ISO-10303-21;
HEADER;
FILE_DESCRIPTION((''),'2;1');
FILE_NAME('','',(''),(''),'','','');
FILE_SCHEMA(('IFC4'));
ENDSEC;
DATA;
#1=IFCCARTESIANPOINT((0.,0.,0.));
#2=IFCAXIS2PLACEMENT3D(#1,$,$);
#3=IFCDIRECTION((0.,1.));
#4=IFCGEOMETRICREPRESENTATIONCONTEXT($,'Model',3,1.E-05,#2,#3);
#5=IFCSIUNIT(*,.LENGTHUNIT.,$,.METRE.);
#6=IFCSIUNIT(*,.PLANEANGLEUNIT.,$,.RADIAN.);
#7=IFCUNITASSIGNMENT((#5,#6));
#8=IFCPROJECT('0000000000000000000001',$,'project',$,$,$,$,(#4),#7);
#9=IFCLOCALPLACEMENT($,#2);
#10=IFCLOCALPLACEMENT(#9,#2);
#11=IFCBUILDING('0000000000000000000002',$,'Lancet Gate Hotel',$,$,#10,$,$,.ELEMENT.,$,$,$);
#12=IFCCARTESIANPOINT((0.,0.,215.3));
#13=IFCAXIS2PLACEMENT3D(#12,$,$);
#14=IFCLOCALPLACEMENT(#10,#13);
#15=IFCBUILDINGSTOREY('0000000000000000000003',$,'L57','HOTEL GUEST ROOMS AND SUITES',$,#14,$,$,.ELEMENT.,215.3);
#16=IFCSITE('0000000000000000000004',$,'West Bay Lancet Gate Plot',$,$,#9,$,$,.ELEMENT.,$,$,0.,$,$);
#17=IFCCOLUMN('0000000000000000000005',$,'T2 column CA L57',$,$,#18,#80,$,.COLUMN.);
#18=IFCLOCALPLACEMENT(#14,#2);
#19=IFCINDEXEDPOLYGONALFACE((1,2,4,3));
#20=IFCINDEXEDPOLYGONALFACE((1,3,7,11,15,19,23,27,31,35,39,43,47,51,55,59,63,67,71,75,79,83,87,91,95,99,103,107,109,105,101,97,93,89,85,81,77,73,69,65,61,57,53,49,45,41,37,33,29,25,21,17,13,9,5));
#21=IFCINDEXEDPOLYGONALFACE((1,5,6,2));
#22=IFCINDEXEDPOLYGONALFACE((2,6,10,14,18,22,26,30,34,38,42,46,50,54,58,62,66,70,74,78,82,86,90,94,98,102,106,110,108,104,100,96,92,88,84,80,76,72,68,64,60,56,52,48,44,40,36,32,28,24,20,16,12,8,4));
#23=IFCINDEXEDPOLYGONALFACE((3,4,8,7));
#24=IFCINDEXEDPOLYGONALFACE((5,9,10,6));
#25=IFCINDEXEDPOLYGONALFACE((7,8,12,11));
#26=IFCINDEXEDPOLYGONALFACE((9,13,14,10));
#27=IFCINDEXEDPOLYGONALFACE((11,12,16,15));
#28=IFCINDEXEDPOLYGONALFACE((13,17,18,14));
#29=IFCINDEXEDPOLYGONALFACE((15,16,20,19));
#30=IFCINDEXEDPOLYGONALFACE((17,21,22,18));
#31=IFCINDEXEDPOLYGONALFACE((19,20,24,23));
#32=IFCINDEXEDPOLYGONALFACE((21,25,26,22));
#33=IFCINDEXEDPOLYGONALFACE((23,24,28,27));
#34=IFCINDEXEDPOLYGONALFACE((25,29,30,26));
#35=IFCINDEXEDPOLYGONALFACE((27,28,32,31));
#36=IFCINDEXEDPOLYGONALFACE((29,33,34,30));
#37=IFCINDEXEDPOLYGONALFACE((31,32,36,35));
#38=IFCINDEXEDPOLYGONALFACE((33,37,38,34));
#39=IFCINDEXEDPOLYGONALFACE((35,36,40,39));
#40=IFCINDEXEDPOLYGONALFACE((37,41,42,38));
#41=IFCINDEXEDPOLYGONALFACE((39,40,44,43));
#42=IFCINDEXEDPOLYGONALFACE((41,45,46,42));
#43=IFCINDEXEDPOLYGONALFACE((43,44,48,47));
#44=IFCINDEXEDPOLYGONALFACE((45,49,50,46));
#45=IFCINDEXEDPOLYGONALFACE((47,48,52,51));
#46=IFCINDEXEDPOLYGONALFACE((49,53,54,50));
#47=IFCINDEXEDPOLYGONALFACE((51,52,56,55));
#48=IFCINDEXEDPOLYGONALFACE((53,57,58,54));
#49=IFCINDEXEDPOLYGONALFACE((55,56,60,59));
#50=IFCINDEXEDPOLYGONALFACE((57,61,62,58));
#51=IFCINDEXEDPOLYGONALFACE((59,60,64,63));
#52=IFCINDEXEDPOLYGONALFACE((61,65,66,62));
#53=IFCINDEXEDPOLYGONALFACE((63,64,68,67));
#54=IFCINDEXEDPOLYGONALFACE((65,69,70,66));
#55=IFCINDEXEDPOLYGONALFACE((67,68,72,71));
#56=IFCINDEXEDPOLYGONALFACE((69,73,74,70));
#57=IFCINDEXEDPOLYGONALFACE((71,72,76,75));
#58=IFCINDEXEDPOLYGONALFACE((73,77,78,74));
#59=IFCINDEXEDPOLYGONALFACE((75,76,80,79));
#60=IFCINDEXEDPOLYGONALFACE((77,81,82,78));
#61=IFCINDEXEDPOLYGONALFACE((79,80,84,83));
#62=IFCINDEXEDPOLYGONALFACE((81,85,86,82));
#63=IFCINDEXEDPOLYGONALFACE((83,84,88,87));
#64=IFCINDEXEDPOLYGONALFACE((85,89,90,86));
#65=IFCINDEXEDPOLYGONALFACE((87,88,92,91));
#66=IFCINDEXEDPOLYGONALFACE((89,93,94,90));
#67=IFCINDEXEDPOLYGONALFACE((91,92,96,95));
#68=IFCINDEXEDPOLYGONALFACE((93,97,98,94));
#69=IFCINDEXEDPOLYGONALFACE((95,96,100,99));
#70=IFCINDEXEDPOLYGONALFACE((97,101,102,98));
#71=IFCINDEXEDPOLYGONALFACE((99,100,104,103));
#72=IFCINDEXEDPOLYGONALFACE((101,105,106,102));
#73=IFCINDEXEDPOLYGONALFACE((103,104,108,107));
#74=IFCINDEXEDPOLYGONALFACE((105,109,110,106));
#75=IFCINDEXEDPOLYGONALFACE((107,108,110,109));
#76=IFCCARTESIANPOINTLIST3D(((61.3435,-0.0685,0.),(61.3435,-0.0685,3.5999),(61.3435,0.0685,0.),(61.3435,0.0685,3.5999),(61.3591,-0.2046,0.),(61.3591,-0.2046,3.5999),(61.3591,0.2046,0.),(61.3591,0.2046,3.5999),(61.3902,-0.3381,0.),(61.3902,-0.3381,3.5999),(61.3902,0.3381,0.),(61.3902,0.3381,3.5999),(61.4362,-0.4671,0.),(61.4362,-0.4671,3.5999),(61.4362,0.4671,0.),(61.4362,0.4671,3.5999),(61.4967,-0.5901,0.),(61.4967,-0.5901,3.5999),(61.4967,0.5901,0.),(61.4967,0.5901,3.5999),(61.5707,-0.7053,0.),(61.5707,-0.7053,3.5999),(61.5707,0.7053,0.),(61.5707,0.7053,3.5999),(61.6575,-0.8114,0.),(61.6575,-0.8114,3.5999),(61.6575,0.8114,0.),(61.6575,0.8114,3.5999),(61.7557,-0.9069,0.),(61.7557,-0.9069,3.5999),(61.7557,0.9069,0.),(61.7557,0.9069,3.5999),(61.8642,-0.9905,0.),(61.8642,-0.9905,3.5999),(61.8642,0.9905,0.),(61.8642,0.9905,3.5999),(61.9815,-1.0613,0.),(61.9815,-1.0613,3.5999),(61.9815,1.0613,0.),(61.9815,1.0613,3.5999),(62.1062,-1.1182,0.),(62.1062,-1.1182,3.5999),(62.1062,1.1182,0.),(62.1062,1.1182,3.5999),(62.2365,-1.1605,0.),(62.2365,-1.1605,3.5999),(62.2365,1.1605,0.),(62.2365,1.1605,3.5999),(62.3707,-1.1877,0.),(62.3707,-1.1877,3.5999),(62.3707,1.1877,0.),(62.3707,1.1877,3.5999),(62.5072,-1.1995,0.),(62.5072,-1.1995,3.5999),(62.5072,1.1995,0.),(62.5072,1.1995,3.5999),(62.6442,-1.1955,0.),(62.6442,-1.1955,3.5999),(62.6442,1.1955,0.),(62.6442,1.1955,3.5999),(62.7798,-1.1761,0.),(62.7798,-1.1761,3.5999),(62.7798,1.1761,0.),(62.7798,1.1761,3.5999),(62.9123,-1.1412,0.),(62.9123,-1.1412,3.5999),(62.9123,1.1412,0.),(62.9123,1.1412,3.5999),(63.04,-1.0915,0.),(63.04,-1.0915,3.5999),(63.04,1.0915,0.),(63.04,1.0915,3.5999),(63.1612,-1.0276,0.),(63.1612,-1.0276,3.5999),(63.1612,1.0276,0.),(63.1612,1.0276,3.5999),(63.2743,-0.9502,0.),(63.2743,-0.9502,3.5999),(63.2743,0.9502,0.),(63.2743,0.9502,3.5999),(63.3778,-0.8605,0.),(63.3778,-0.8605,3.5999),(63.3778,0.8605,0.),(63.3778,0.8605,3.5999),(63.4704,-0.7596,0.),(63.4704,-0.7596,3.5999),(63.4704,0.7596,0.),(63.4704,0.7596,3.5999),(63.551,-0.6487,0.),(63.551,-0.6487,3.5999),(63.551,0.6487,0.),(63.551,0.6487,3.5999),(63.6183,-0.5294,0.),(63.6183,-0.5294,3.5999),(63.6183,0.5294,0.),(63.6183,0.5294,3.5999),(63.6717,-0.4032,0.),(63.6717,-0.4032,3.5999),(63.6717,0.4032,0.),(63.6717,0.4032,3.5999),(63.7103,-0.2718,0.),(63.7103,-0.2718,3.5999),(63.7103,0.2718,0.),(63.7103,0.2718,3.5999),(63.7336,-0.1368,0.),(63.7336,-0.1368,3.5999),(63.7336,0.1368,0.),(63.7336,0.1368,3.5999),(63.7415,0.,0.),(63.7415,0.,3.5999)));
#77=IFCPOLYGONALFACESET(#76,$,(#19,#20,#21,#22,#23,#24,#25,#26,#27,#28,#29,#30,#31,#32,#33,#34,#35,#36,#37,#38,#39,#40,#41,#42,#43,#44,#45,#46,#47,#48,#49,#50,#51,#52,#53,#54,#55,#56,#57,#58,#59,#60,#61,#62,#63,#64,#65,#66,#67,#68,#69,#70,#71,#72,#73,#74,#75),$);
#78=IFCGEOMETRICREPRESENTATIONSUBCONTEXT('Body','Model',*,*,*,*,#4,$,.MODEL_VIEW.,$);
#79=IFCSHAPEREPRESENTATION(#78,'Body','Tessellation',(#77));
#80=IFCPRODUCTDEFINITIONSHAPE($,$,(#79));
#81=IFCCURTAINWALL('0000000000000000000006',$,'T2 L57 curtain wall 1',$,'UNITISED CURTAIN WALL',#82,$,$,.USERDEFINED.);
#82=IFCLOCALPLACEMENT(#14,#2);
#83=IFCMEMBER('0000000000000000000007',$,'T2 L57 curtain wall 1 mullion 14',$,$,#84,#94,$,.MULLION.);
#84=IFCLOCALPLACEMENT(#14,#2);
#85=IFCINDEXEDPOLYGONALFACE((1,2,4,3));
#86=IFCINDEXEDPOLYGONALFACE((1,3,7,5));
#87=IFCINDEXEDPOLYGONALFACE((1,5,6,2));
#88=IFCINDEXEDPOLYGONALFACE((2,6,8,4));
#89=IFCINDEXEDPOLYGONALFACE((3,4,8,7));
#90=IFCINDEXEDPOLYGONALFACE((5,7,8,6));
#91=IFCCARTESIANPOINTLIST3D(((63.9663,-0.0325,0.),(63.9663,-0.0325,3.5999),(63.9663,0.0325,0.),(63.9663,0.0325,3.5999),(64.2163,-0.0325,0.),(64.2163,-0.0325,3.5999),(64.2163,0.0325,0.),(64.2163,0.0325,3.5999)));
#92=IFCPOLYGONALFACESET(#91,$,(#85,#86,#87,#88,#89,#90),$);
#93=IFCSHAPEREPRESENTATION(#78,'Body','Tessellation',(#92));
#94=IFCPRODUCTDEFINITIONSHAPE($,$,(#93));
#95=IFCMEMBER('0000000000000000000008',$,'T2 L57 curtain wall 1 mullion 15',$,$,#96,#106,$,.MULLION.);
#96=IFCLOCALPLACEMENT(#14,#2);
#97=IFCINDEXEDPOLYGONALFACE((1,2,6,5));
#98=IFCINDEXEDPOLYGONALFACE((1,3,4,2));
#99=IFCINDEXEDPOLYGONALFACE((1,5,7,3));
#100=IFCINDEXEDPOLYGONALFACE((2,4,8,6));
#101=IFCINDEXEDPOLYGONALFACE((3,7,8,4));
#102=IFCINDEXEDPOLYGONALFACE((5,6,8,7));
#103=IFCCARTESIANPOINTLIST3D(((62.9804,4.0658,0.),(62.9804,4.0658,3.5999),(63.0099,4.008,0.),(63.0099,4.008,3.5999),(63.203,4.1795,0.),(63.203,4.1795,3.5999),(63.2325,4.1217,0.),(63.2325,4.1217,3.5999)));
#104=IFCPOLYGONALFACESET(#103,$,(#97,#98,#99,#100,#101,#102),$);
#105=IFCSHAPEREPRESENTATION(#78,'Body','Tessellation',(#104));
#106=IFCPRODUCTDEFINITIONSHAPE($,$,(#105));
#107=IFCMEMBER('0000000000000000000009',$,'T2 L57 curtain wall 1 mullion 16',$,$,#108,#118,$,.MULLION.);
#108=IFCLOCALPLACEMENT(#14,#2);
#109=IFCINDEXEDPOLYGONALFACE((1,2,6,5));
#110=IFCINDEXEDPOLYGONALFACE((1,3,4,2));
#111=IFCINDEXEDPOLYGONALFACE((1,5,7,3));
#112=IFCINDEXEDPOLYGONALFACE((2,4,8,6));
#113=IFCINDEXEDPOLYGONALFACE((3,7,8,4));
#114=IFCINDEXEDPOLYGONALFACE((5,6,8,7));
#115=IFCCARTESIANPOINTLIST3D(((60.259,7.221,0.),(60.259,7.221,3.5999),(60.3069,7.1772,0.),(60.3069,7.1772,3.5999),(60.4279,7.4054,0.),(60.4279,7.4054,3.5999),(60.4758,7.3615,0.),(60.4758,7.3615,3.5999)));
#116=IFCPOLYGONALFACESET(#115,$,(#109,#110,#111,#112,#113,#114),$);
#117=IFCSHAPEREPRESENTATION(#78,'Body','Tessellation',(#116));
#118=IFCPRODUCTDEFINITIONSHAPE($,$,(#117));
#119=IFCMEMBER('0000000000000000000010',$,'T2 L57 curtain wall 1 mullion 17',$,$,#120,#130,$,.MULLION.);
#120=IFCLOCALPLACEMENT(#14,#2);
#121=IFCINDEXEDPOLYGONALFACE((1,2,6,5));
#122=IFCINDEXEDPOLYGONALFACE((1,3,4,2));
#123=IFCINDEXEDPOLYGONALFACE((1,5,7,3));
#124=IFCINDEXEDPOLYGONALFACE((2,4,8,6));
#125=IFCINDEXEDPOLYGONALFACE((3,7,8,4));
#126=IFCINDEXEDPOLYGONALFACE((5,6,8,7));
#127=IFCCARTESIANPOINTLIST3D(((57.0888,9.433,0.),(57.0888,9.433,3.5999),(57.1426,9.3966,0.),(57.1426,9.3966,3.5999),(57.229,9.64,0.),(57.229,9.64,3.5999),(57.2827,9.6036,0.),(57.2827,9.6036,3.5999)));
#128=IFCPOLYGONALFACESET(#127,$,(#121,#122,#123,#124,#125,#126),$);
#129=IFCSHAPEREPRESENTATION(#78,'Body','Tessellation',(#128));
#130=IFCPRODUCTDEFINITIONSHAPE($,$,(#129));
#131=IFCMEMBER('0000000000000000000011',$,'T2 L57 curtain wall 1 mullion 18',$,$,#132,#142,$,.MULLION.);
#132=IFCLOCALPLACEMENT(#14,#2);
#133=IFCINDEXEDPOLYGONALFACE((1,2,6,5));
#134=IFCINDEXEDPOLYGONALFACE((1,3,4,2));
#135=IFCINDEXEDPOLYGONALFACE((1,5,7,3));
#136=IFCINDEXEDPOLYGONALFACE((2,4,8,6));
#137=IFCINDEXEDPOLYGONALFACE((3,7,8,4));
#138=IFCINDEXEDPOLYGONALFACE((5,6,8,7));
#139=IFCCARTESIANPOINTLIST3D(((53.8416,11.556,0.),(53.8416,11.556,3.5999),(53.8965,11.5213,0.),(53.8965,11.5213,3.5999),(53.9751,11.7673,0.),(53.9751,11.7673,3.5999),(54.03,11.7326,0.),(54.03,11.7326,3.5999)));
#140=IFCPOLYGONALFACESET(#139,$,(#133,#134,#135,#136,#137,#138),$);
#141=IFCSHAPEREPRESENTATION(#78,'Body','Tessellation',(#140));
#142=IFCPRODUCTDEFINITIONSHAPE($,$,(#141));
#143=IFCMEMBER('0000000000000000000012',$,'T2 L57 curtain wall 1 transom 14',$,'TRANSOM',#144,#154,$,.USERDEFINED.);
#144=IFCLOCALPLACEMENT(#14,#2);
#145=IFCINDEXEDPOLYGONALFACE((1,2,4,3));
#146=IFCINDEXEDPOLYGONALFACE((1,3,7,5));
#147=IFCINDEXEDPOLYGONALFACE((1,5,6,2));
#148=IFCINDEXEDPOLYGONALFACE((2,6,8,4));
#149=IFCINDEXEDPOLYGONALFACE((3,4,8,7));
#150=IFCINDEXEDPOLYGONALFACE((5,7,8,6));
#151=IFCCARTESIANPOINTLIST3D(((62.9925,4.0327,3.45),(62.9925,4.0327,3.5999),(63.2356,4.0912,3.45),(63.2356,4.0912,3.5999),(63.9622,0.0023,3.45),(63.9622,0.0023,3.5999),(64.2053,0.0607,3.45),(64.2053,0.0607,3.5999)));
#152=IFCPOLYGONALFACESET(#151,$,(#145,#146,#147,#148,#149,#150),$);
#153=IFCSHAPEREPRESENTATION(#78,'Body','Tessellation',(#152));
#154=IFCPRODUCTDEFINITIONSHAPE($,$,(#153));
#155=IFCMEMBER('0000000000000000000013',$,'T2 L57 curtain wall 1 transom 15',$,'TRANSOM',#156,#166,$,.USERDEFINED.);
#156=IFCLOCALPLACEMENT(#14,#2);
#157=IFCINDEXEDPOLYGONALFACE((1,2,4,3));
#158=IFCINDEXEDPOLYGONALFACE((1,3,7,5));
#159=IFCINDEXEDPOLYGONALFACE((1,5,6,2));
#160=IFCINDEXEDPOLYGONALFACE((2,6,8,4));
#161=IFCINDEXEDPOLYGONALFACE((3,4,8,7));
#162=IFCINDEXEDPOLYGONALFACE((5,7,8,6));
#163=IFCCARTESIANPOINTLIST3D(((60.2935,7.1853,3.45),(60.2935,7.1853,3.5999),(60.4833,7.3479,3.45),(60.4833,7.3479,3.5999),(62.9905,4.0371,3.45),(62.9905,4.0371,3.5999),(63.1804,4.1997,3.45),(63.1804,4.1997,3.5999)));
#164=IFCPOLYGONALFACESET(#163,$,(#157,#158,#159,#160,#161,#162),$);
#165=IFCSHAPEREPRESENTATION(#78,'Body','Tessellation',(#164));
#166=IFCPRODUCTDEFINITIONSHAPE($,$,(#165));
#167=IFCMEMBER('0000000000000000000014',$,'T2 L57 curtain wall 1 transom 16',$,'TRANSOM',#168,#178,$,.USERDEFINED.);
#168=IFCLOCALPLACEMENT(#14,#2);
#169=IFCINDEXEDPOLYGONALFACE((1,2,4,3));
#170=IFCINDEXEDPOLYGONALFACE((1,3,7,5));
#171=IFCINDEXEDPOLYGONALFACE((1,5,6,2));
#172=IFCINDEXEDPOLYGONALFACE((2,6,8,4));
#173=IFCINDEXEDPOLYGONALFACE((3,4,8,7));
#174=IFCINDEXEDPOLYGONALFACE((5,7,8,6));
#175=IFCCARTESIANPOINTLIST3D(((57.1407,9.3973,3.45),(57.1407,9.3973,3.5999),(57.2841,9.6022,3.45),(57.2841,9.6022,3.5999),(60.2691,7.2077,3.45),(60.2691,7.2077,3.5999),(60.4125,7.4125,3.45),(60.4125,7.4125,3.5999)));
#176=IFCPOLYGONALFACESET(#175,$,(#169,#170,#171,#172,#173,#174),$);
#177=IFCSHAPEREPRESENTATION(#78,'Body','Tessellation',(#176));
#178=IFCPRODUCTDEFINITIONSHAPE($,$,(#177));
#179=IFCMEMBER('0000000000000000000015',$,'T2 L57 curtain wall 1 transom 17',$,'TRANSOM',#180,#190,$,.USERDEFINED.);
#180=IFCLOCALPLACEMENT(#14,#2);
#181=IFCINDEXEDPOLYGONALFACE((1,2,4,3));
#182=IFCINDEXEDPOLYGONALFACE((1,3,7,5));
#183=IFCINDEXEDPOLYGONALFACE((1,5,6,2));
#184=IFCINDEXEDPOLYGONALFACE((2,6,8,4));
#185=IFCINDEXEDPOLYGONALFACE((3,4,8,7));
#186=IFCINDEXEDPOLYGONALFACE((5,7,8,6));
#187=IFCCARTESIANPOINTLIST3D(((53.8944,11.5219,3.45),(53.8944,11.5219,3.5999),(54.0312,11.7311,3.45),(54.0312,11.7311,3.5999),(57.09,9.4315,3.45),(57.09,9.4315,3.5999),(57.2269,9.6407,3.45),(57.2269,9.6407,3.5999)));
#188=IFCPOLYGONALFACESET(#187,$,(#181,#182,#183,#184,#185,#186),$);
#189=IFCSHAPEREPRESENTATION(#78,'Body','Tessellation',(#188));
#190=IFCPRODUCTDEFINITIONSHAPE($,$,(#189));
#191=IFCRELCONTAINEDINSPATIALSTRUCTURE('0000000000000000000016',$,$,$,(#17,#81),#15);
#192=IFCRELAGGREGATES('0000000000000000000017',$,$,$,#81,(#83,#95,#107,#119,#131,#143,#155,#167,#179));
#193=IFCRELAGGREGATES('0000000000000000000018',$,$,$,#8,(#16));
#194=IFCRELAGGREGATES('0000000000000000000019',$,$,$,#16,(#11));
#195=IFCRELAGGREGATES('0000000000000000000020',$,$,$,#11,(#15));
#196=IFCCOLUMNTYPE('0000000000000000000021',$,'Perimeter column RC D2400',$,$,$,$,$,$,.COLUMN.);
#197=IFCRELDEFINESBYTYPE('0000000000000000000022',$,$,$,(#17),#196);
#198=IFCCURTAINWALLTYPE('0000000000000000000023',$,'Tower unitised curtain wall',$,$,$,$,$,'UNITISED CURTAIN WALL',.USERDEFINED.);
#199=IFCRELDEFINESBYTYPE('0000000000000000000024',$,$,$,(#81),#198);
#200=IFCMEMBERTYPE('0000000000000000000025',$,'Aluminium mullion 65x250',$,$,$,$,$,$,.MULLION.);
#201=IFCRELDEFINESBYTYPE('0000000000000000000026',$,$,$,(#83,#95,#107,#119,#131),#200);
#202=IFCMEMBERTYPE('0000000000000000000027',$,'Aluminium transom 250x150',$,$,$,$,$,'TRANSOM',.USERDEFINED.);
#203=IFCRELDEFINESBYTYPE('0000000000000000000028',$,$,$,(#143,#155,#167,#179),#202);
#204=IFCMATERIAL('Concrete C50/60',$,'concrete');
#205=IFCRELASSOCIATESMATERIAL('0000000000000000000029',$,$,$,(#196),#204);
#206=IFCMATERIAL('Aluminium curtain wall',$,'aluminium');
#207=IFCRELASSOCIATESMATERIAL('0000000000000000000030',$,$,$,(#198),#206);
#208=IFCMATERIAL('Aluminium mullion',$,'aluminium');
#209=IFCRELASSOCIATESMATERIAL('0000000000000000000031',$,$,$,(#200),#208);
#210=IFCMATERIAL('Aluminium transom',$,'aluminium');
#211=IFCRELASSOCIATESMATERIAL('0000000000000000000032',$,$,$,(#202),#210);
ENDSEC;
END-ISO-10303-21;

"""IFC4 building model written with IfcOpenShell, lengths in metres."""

from ifc_helpers import new_model, si_unit, direction, frame, origin, origin_2d, place, context, subcontext, project, spatial, rectangle, circle, extrude, material, material_profile, profile_set, type_object, element, aggregate, save


model = new_model("IFC4")

# Units and contexts
model_context = context("Model", 3, precision=1e-05, world=origin(), true_north=direction((0.0, 1.0)))
body_context = subcontext(model_context, "Body", "Model", "MODEL_VIEW")
ifc_project = project(units=[si_unit("LENGTHUNIT", "METRE"), si_unit("PLANEANGLEUNIT", "RADIAN")], contexts=[model_context])

# Site, building, storey
site_placement = place(None, origin())
site = spatial("IfcSite", under=ifc_project, at=site_placement, Name="West Bay Lancet Gate Plot", CompositionType="ELEMENT", RefElevation=0.0)
building_placement = place(site_placement, origin())
building = spatial("IfcBuilding", under=site, at=building_placement, Name="Lancet Gate Hotel", CompositionType="ELEMENT")
storey_placement = place(building_placement, frame((0.0, 0.0, 215.3)))
storey = spatial("IfcBuildingStorey", under=building, at=storey_placement, Name="L57", Description="HOTEL GUEST ROOMS AND SUITES", CompositionType="ELEMENT", Elevation=215.3)

# Column
ifc_material_1 = material(Name="Concrete C50/60", Category="concrete")
ifc_material_profile_1 = material_profile(ifc_material_1, circle(Radius=1.2, at=origin_2d()), Name="RC D2400")
ifc_profile_set_1 = profile_set([ifc_material_profile_1], Name="Concrete C50/60")
column_type = type_object("IfcColumnType", Name="Perimeter column RC D2400", PredefinedType="COLUMN", material=ifc_profile_set_1)
column_placement = place(storey_placement, frame((62.5415, 0.0, 0.0), z_axis=(0.0, 0.0, 1.0), x_axis=(1.0, 0.0, 0.0)))
element("IfcColumn", 1, at=column_placement, inside=storey, type_object=column_type, Name="T2 column CA L57", PredefinedType="COLUMN", context=body_context, shape_type="SweptSolid", body=[
    extrude(circle(Radius=1.2, at=origin_2d()), origin(), (0.0, 0.0, 1.0), 3.5999),
])

# Curtain wall, members
ifc_material_2 = material(Name="Aluminium curtain wall", Category="aluminium")
curtain_wall_type = type_object("IfcCurtainWallType", Name="Tower unitised curtain wall", ElementType="UNITISED CURTAIN WALL", PredefinedType="USERDEFINED", material=ifc_material_2)
curtain_wall_placement = place(storey_placement, origin())
curtain_wall = element("IfcCurtainWall", 2, at=curtain_wall_placement, inside=storey, type_object=curtain_wall_type, Name="T2 L57 curtain wall 1", ObjectType="UNITISED CURTAIN WALL", PredefinedType="USERDEFINED")
ifc_material_3 = material(Name="Aluminium mullion", Category="aluminium")
ifc_material_profile_2 = material_profile(ifc_material_3, rectangle(XDim=0.0649, YDim=0.25, at=origin_2d()), Name="MULLION 65x250")
ifc_profile_set_2 = profile_set([ifc_material_profile_2], Name="Aluminium mullion")
member_type_1 = type_object("IfcMemberType", Name="Aluminium mullion 65x250", PredefinedType="MULLION", material=ifc_profile_set_2)
member_1_placement = place(storey_placement, frame((64.0913, 0.0, 0.0), z_axis=(0.0, 0.0, 1.0), x_axis=(0.0, 1.0, 0.0)))
member_1 = element("IfcMember", 3, at=member_1_placement, type_object=member_type_1, Name="T2 L57 curtain wall 1 mullion 14", PredefinedType="MULLION", context=body_context, shape_type="SweptSolid", body=[
    extrude(rectangle(XDim=0.0649, YDim=0.25, at=origin_2d()), origin(), (0.0, 0.0, 1.0), 3.5999),
])
member_2_placement = place(storey_placement, frame((63.1064, 4.0938, 0.0), z_axis=(0.0, 0.0, 1.0), x_axis=(-0.454853, 0.890567, 0.0)))
member_2 = element("IfcMember", 4, at=member_2_placement, type_object=member_type_1, Name="T2 L57 curtain wall 1 mullion 15", PredefinedType="MULLION", context=body_context, shape_type="SweptSolid", body=[
    extrude(rectangle(XDim=0.0649, YDim=0.25, at=origin_2d()), origin(), (0.0, 0.0, 1.0), 3.5999),
])
member_3_placement = place(storey_placement, frame((60.3674, 7.2913, 0.0), z_axis=(0.0, 0.0, 1.0), x_axis=(-0.737323, 0.67554, 0.0)))
member_3 = element("IfcMember", 5, at=member_3_placement, type_object=member_type_1, Name="T2 L57 curtain wall 1 mullion 16", PredefinedType="MULLION", context=body_context, shape_type="SweptSolid", body=[
    extrude(rectangle(XDim=0.0649, YDim=0.25, at=origin_2d()), origin(), (0.0, 0.0, 1.0), 3.5999),
])
member_4_placement = place(storey_placement, frame((57.1858, 9.5183, 0.0), z_axis=(0.0, 0.0, 1.0), x_axis=(-0.828155, 0.5605, 0.0)))
member_4 = element("IfcMember", 6, at=member_4_placement, type_object=member_type_1, Name="T2 L57 curtain wall 1 mullion 17", PredefinedType="MULLION", context=body_context, shape_type="SweptSolid", body=[
    extrude(rectangle(XDim=0.0649, YDim=0.25, at=origin_2d()), origin(), (0.0, 0.0, 1.0), 3.5999),
])
member_5_placement = place(storey_placement, frame((53.9358, 11.6443, 0.0), z_axis=(0.0, 0.0, 1.0), x_axis=(-0.84534, 0.534229, 0.0)))
member_5 = element("IfcMember", 7, at=member_5_placement, type_object=member_type_1, Name="T2 L57 curtain wall 1 mullion 18", PredefinedType="MULLION", context=body_context, shape_type="SweptSolid", body=[
    extrude(rectangle(XDim=0.0649, YDim=0.25, at=origin_2d()), origin(), (0.0, 0.0, 1.0), 3.5999),
])
ifc_material_4 = material(Name="Aluminium transom", Category="aluminium")
ifc_material_profile_3 = material_profile(ifc_material_4, rectangle(XDim=0.25, YDim=0.1499, at=origin_2d()), Name="TRANSOM 250x150")
ifc_profile_set_3 = profile_set([ifc_material_profile_3], Name="Aluminium transom")
member_type_2 = type_object("IfcMemberType", Name="Aluminium transom 250x150", ElementType="TRANSOM", PredefinedType="USERDEFINED", material=ifc_profile_set_3)
member_6_placement = place(storey_placement, frame((64.0837, 0.0315, 3.5249), z_axis=(-0.233921, 0.972256, 0.0), x_axis=(-0.972256, -0.233921, 0.0)))
member_6 = element("IfcMember", 8, at=member_6_placement, type_object=member_type_2, Name="T2 L57 curtain wall 1 transom 14", ObjectType="TRANSOM", PredefinedType="USERDEFINED", context=body_context, shape_type="SweptSolid", body=[
    extrude(rectangle(XDim=0.25, YDim=0.1499, at=origin_2d()), origin(), (0.0, 0.0, 1.0), 4.1455),
])
member_7_placement = place(storey_placement, frame((63.0854, 4.1184, 3.5249), z_axis=(-0.650593, 0.759427, 0.0), x_axis=(-0.759427, -0.650593, 0.0)))
member_7 = element("IfcMember", 9, at=member_7_placement, type_object=member_type_2, Name="T2 L57 curtain wall 1 transom 15", ObjectType="TRANSOM", PredefinedType="USERDEFINED", context=body_context, shape_type="SweptSolid", body=[
    extrude(rectangle(XDim=0.25, YDim=0.1499, at=origin_2d()), origin(), (0.0, 0.0, 1.0), 4.1455),
])
member_8_placement = place(storey_placement, frame((60.3408, 7.3101, 3.5249), z_axis=(-0.819256, 0.573428, 0.0), x_axis=(-0.573428, -0.819256, 0.0)))
member_8 = element("IfcMember", 10, at=member_8_placement, type_object=member_type_2, Name="T2 L57 curtain wall 1 transom 16", ObjectType="TRANSOM", PredefinedType="USERDEFINED", context=body_context, shape_type="SweptSolid", body=[
    extrude(rectangle(XDim=0.25, YDim=0.1499, at=origin_2d()), origin(), (0.0, 0.0, 1.0), 3.8186),
])
member_9_placement = place(storey_placement, frame((57.1584, 9.5361, 3.5249), z_axis=(-0.836858, 0.54742, 0.0), x_axis=(-0.54742, -0.836858, 0.0)))
member_9 = element("IfcMember", 11, at=member_9_placement, type_object=member_type_2, Name="T2 L57 curtain wall 1 transom 17", ObjectType="TRANSOM", PredefinedType="USERDEFINED", context=body_context, shape_type="SweptSolid", body=[
    extrude(rectangle(XDim=0.25, YDim=0.1499, at=origin_2d()), origin(), (0.0, 0.0, 1.0), 3.8186),
])

aggregate(curtain_wall, [member_1, member_2, member_3, member_4, member_5, member_6, member_7, member_8, member_9])

save(model, "model.ifc")
